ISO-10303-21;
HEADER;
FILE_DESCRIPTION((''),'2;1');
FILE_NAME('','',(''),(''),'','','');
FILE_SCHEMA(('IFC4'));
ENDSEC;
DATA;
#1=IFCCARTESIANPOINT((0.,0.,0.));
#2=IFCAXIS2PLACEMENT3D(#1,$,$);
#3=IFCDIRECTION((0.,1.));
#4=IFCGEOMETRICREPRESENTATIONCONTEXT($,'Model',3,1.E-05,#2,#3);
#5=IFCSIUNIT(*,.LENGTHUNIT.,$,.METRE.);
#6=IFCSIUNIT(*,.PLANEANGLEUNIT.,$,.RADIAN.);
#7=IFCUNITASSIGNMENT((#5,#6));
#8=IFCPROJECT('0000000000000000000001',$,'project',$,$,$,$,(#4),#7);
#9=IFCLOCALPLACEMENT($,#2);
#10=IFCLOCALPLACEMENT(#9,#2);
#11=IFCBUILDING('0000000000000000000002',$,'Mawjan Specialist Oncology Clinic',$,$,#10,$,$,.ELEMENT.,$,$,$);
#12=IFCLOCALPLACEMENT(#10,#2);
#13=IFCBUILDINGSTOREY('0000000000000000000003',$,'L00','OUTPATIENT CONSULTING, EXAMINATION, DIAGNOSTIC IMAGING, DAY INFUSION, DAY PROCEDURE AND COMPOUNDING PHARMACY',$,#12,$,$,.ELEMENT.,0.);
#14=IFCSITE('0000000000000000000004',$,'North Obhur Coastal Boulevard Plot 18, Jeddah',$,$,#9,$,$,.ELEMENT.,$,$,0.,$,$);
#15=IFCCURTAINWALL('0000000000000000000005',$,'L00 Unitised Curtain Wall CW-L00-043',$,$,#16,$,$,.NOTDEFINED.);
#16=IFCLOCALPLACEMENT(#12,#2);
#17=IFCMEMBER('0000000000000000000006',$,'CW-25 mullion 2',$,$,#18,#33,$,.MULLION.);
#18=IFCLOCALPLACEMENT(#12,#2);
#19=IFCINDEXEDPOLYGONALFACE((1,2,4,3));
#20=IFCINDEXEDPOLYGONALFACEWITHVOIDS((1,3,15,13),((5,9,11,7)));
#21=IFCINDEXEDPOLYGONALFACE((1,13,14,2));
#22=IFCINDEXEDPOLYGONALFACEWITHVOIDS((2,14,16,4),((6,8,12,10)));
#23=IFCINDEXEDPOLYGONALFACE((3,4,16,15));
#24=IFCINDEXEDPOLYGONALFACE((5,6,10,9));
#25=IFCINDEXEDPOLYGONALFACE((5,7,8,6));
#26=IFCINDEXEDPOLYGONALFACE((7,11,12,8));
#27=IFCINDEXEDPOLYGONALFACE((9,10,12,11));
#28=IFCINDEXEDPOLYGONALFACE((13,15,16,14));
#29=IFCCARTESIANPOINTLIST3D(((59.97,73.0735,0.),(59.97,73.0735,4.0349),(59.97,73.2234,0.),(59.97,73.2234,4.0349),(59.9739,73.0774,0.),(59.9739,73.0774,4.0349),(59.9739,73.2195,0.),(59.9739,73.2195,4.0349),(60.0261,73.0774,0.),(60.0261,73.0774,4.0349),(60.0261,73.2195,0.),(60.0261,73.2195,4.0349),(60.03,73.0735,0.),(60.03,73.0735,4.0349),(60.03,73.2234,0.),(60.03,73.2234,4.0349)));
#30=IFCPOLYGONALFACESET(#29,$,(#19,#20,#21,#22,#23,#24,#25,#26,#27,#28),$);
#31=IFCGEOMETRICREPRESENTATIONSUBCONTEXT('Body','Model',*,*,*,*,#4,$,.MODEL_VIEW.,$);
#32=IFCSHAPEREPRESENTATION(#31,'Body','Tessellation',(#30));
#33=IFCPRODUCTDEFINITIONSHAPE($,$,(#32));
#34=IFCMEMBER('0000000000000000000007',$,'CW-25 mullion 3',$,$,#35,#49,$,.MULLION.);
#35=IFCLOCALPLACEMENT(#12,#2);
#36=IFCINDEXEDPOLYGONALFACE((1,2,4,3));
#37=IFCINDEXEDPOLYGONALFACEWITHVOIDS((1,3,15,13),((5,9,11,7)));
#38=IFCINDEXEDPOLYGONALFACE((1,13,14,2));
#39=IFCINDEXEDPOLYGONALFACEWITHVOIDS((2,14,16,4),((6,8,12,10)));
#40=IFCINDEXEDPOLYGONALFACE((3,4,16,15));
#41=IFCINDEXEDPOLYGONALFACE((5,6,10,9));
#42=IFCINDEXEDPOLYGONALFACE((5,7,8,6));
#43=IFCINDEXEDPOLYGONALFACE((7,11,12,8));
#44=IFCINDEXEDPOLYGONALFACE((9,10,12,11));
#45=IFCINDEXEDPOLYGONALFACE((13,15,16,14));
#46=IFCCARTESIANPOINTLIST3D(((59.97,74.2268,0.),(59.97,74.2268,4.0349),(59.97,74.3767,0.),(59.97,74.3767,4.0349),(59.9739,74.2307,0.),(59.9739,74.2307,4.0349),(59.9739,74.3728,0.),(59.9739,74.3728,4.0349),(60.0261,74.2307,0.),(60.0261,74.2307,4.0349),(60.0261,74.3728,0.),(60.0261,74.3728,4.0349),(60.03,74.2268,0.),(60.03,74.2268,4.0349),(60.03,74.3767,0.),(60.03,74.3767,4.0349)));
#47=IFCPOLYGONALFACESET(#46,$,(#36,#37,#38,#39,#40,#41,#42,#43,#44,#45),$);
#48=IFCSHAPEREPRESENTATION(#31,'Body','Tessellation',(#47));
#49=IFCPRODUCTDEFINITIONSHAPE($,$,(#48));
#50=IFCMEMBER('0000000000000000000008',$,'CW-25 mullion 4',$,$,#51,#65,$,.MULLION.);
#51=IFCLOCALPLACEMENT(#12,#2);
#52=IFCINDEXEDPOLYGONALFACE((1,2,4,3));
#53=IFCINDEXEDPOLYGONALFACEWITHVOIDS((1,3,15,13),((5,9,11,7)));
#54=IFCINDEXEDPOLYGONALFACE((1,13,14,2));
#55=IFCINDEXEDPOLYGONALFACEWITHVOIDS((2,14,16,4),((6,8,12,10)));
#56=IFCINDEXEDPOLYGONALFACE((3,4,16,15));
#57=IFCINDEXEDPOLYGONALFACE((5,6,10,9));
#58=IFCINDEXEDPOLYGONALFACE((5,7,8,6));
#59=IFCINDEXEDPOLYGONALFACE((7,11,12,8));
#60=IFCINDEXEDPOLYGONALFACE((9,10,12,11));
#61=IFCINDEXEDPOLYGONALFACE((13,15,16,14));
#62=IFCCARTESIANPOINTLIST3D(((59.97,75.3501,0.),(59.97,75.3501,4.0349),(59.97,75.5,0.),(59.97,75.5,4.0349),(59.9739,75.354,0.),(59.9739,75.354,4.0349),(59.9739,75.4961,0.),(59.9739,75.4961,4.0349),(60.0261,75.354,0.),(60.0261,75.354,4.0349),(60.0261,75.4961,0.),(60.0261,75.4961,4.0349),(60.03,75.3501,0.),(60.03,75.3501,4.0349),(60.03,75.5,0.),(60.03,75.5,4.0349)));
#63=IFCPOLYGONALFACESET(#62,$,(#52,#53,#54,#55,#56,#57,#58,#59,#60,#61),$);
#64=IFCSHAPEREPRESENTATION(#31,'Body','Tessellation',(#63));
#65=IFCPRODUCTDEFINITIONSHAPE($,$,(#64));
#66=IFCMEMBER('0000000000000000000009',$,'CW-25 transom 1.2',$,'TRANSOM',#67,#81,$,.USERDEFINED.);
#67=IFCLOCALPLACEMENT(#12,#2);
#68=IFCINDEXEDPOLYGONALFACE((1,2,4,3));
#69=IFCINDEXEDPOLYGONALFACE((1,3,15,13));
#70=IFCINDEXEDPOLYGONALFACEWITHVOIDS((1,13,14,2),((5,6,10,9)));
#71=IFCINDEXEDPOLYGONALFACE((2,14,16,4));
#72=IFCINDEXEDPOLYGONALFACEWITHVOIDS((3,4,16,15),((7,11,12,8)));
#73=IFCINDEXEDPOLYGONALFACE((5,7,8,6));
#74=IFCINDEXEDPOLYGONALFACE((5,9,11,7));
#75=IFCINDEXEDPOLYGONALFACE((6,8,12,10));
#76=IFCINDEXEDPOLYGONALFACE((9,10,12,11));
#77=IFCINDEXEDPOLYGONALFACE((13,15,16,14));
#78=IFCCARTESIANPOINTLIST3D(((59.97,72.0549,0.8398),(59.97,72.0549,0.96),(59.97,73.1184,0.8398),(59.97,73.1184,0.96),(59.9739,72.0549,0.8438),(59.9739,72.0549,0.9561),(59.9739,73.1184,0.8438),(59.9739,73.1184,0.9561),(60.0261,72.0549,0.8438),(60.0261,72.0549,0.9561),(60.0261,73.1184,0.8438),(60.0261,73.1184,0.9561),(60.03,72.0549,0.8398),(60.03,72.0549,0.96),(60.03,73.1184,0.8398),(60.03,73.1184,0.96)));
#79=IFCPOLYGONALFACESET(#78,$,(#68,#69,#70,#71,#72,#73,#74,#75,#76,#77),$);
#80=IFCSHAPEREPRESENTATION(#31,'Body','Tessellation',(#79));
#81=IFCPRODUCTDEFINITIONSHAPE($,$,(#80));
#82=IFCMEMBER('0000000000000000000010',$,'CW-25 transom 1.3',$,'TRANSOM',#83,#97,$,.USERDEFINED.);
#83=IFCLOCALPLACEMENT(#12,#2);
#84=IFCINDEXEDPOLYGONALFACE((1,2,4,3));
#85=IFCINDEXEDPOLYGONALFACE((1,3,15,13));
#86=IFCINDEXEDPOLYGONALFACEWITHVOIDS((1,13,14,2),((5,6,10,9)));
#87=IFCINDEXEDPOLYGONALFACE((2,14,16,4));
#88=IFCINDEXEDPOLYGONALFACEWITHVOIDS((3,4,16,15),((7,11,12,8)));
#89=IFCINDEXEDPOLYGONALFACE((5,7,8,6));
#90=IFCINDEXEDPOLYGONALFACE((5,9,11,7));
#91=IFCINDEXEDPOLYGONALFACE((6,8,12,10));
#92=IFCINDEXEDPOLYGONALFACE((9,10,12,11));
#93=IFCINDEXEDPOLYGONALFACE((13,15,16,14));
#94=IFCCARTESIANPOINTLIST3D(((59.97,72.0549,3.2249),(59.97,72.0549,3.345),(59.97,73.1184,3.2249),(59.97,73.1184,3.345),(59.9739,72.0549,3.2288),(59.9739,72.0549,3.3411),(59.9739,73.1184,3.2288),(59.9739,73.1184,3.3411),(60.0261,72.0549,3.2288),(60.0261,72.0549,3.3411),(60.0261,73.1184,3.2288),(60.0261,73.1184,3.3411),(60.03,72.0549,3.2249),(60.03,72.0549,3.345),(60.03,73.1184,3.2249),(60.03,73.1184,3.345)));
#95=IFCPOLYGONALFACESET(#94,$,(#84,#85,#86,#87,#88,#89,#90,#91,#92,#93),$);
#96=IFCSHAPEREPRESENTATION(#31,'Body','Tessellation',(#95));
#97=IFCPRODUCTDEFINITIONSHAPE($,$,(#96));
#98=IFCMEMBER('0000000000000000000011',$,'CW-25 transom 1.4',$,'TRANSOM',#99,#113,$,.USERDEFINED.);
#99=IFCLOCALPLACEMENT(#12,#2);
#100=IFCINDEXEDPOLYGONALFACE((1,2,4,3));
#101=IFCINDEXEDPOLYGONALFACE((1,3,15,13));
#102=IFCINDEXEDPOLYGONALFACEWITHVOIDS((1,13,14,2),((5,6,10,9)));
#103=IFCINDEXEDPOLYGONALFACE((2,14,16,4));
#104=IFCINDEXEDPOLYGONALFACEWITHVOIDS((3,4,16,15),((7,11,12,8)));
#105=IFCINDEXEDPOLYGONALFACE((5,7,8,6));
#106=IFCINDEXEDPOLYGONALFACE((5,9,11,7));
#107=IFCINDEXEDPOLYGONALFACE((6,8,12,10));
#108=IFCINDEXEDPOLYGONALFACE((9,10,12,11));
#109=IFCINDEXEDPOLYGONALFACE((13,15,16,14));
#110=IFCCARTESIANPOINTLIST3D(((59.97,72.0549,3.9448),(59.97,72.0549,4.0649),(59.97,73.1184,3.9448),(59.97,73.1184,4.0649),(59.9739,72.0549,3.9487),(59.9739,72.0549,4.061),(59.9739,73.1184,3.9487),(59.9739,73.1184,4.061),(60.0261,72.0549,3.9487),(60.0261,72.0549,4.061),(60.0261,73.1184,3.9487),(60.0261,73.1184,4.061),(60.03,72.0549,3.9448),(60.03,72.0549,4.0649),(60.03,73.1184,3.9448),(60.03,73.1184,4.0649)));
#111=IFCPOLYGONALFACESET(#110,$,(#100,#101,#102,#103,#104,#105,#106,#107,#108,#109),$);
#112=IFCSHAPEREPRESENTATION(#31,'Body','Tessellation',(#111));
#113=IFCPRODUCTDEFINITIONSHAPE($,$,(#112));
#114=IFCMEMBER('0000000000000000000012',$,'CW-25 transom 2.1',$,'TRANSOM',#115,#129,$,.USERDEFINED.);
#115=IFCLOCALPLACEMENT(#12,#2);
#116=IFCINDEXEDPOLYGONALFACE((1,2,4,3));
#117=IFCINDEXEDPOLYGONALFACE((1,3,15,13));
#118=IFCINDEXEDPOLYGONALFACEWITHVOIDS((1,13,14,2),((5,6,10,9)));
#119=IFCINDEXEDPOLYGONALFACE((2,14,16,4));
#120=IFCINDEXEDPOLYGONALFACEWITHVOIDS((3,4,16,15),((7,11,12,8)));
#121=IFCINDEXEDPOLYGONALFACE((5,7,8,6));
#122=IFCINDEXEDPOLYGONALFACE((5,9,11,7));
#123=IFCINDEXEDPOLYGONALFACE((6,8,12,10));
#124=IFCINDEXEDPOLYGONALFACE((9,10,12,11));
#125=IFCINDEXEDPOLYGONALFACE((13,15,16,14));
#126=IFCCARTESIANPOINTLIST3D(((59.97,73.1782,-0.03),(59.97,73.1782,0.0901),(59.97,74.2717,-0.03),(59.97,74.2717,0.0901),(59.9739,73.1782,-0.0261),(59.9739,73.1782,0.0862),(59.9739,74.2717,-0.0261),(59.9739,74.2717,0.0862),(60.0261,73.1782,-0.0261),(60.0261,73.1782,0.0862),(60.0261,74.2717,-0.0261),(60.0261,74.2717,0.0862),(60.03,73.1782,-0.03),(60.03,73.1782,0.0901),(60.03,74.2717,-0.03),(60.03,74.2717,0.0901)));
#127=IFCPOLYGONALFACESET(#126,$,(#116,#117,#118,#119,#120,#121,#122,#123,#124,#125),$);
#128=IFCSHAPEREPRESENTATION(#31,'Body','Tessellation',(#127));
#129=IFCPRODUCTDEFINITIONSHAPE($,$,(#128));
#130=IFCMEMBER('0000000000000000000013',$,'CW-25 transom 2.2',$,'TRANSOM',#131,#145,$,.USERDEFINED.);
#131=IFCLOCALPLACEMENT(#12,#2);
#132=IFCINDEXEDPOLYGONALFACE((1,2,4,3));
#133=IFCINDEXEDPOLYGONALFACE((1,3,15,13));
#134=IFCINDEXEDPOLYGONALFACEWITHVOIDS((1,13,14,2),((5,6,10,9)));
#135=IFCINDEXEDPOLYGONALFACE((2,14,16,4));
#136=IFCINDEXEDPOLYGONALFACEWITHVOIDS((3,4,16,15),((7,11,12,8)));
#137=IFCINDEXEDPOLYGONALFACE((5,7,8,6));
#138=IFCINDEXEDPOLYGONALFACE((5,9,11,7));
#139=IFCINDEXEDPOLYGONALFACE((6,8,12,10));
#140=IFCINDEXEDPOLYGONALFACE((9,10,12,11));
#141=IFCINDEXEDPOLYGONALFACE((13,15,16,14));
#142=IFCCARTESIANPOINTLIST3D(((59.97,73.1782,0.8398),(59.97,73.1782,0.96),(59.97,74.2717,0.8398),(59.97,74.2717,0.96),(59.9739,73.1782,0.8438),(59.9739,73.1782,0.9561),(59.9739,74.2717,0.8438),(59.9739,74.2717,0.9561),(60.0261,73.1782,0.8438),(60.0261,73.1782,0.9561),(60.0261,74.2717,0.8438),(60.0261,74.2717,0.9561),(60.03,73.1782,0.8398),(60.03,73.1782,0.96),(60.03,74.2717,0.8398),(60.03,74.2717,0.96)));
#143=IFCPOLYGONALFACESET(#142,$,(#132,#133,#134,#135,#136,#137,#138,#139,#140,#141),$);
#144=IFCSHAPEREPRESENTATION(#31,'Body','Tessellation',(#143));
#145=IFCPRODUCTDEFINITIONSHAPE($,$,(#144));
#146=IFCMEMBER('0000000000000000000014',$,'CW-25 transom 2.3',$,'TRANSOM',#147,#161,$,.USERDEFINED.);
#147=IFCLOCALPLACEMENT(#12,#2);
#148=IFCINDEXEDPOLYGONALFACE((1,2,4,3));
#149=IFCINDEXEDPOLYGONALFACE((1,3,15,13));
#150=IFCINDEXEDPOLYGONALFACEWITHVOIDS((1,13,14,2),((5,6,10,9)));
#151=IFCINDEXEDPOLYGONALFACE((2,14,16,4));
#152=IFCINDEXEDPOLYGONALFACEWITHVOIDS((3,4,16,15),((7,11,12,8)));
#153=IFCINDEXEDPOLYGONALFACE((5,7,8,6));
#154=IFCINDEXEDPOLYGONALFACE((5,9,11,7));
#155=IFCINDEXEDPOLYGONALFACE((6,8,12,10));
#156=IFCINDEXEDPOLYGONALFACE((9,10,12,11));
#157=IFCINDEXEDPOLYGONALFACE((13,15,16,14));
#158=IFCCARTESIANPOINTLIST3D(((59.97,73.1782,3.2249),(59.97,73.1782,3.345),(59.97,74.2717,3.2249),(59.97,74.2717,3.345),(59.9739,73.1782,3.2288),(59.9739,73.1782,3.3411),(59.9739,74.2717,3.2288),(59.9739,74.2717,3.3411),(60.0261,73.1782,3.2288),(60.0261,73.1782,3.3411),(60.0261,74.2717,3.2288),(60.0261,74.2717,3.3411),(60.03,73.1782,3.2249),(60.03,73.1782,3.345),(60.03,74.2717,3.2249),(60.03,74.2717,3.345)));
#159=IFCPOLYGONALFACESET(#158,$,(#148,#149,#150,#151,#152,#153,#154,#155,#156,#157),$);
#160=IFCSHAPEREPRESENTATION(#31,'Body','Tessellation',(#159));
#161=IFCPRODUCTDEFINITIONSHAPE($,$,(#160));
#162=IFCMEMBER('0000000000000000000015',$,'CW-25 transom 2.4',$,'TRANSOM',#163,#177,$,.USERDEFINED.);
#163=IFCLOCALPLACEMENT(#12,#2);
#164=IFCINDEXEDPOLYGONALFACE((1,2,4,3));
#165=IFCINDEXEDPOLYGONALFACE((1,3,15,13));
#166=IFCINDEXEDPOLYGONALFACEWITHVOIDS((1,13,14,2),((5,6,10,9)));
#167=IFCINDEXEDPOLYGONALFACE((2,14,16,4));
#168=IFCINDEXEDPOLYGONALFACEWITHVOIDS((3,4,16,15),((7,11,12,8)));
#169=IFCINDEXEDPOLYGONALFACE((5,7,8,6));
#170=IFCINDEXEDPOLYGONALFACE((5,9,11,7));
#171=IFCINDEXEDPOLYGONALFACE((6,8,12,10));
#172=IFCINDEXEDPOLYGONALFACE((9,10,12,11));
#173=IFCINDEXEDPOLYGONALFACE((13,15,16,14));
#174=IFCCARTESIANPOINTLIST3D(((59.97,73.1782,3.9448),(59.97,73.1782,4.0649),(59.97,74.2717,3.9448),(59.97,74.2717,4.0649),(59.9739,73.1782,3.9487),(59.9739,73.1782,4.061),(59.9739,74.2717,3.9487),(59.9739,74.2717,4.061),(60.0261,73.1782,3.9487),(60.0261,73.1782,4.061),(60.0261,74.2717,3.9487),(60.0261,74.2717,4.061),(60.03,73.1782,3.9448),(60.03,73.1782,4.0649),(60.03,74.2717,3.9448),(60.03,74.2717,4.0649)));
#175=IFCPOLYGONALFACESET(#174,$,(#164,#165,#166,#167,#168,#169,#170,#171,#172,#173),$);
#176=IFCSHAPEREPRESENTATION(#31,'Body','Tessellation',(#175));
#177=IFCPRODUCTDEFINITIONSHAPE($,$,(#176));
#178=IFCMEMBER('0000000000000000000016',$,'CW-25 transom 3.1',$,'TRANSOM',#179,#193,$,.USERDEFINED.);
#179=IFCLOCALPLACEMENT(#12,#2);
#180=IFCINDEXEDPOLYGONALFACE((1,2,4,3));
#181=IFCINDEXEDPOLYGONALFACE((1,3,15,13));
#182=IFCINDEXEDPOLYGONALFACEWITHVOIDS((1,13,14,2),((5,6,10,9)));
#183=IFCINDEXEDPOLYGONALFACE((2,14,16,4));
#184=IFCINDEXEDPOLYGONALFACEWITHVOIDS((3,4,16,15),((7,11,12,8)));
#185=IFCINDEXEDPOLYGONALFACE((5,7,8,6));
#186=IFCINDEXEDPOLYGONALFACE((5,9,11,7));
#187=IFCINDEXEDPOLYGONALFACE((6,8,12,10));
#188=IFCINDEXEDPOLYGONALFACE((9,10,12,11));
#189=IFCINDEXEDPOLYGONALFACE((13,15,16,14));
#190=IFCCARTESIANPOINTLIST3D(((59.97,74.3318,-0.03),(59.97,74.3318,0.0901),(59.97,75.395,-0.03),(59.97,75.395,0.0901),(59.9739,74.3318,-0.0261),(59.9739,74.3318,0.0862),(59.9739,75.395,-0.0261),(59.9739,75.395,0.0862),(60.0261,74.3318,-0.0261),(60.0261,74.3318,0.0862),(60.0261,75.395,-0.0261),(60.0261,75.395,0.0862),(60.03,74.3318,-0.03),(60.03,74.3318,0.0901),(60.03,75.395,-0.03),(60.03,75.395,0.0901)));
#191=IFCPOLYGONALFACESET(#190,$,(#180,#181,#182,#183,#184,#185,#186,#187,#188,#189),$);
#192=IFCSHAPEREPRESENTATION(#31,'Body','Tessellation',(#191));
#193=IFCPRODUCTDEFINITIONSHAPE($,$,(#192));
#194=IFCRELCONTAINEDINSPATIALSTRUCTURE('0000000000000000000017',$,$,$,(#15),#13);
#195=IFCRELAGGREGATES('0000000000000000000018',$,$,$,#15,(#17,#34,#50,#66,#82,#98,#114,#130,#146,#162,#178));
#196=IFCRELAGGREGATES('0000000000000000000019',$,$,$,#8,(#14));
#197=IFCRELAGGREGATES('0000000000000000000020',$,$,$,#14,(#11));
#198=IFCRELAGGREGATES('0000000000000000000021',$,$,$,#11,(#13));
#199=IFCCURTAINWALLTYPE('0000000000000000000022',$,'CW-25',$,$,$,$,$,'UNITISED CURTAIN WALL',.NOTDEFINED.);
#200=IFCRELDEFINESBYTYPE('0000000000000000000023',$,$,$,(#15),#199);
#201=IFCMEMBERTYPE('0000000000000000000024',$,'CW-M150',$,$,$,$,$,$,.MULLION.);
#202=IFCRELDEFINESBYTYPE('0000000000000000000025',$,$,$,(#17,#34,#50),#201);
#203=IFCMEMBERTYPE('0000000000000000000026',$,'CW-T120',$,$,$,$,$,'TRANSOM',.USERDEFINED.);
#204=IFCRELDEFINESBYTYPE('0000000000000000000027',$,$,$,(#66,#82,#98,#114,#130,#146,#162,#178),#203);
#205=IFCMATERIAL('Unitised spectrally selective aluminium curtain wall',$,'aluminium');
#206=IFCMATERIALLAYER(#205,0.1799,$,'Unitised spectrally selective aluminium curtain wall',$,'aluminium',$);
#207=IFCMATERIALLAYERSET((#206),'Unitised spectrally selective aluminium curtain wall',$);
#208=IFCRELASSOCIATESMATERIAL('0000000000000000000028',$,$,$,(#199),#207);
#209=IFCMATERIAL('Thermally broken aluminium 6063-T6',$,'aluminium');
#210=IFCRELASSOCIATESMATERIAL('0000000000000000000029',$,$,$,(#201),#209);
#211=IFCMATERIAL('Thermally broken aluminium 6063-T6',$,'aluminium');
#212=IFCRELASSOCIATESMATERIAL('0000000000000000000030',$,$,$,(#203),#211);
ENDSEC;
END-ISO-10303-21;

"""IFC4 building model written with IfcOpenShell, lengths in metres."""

from ifc_helpers import new_model, si_unit, direction, frame, origin, origin_2d, place, context, subcontext, project, spatial, hollow_rectangle, extrude, material, layer, layer_set, material_profile, profile_set, type_object, element, aggregate, save


model = new_model("IFC4")

# Units and contexts
model_context = context("Model", 3, precision=1e-05, world=origin(), true_north=direction((0.0, 1.0)))
body_context = subcontext(model_context, "Body", "Model", "MODEL_VIEW")
ifc_project = project(units=[si_unit("LENGTHUNIT", "METRE"), si_unit("PLANEANGLEUNIT", "RADIAN")], contexts=[model_context])

# Site, building, storey
site_placement = place(None, origin())
site = spatial("IfcSite", under=ifc_project, at=site_placement, Name="North Obhur Coastal Boulevard Plot 18, Jeddah", CompositionType="ELEMENT", RefElevation=0.0)
building_placement = place(site_placement, origin())
building = spatial("IfcBuilding", under=site, at=building_placement, Name="Mawjan Specialist Oncology Clinic", CompositionType="ELEMENT")
storey_placement = place(building_placement, origin())
storey = spatial("IfcBuildingStorey", under=building, at=storey_placement, Name="L00", Description="OUTPATIENT CONSULTING, EXAMINATION, DIAGNOSTIC IMAGING, DAY INFUSION, DAY PROCEDURE AND COMPOUNDING PHARMACY", CompositionType="ELEMENT", Elevation=0.0)

# Curtain wall, members
ifc_material_1 = material(Name="Unitised spectrally selective aluminium curtain wall", Category="aluminium")
ifc_layer_1 = layer(ifc_material_1, 0.1799, Name="Unitised spectrally selective aluminium curtain wall", Category="aluminium")
ifc_layer_set_1 = layer_set([ifc_layer_1], Name="Unitised spectrally selective aluminium curtain wall")
curtain_wall_type = type_object("IfcCurtainWallType", Name="CW-25", ElementType="UNITISED CURTAIN WALL", PredefinedType="NOTDEFINED", material=ifc_layer_set_1)
curtain_wall_placement = place(storey_placement, origin())
curtain_wall = element("IfcCurtainWall", 1, at=curtain_wall_placement, inside=storey, type_object=curtain_wall_type, Name="L00 Unitised Curtain Wall CW-L00-043", PredefinedType="NOTDEFINED")
ifc_material_2 = material(Name="Thermally broken aluminium 6063-T6", Category="aluminium")
ifc_material_profile_1 = material_profile(ifc_material_2, hollow_rectangle(XDim=0.0601, YDim=0.1499, WallThickness=0.0039, at=origin_2d()), Name="ALU MULLION 150x60x4", Category="aluminium")
ifc_profile_set_1 = profile_set([ifc_material_profile_1], Name="Thermally broken aluminium 6063-T6")
member_type_1 = type_object("IfcMemberType", Name="CW-M150", PredefinedType="MULLION", material=ifc_profile_set_1)
member_1_placement = place(storey_placement, frame((60.0, 73.1484, 0.0), z_axis=(0.0, 0.0, 1.0), x_axis=(-1.0, 0.0, 0.0)))
member_1 = element("IfcMember", 2, at=member_1_placement, type_object=member_type_1, Name="CW-25 mullion 2", PredefinedType="MULLION", context=body_context, shape_type="SweptSolid", body=[
    extrude(hollow_rectangle(XDim=0.0601, YDim=0.1499, WallThickness=0.0039, at=origin_2d()), origin(), (0.0, 0.0, 1.0), 4.0349),
])
member_2_placement = place(storey_placement, frame((60.0, 74.3018, 0.0), z_axis=(0.0, 0.0, 1.0), x_axis=(-1.0, 0.0, 0.0)))
member_2 = element("IfcMember", 3, at=member_2_placement, type_object=member_type_1, Name="CW-25 mullion 3", PredefinedType="MULLION", context=body_context, shape_type="SweptSolid", body=[
    extrude(hollow_rectangle(XDim=0.0601, YDim=0.1499, WallThickness=0.0039, at=origin_2d()), origin(), (0.0, 0.0, 1.0), 4.0349),
])
member_3_placement = place(storey_placement, frame((60.0, 75.425, 0.0), z_axis=(0.0, 0.0, 1.0), x_axis=(-1.0, 0.0, 0.0)))
member_3 = element("IfcMember", 4, at=member_3_placement, type_object=member_type_1, Name="CW-25 mullion 4", PredefinedType="MULLION", context=body_context, shape_type="SweptSolid", body=[
    extrude(hollow_rectangle(XDim=0.0601, YDim=0.1499, WallThickness=0.0039, at=origin_2d()), origin(), (0.0, 0.0, 1.0), 4.0349),
])
ifc_material_3 = material(Name="Thermally broken aluminium 6063-T6", Category="aluminium")
ifc_material_profile_2 = material_profile(ifc_material_3, hollow_rectangle(XDim=0.0601, YDim=0.1201, WallThickness=0.0039, at=origin_2d()), Name="ALU TRANSOM 120x60x4", Category="aluminium")
ifc_profile_set_2 = profile_set([ifc_material_profile_2], Name="Thermally broken aluminium 6063-T6")
member_type_2 = type_object("IfcMemberType", Name="CW-T120", ElementType="TRANSOM", PredefinedType="USERDEFINED", material=ifc_profile_set_2)
member_4_placement = place(storey_placement, frame((60.0, 72.0549, 0.8999), z_axis=(0.0, 1.0, 0.0), x_axis=(-1.0, 0.0, 0.0)))
member_4 = element("IfcMember", 5, at=member_4_placement, type_object=member_type_2, Name="CW-25 transom 1.2", ObjectType="TRANSOM", PredefinedType="USERDEFINED", context=body_context, shape_type="SweptSolid", body=[
    extrude(hollow_rectangle(XDim=0.0601, YDim=0.1201, WallThickness=0.0039, at=origin_2d()), origin(), (0.0, 0.0, 1.0), 1.0635),
])
member_5_placement = place(storey_placement, frame((60.0, 72.0549, 3.2849), z_axis=(0.0, 1.0, 0.0), x_axis=(-1.0, 0.0, 0.0)))
member_5 = element("IfcMember", 6, at=member_5_placement, type_object=member_type_2, Name="CW-25 transom 1.3", ObjectType="TRANSOM", PredefinedType="USERDEFINED", context=body_context, shape_type="SweptSolid", body=[
    extrude(hollow_rectangle(XDim=0.0601, YDim=0.1201, WallThickness=0.0039, at=origin_2d()), origin(), (0.0, 0.0, 1.0), 1.0635),
])
member_6_placement = place(storey_placement, frame((60.0, 72.0549, 4.0049), z_axis=(0.0, 1.0, 0.0), x_axis=(-1.0, 0.0, 0.0)))
member_6 = element("IfcMember", 7, at=member_6_placement, type_object=member_type_2, Name="CW-25 transom 1.4", ObjectType="TRANSOM", PredefinedType="USERDEFINED", context=body_context, shape_type="SweptSolid", body=[
    extrude(hollow_rectangle(XDim=0.0601, YDim=0.1201, WallThickness=0.0039, at=origin_2d()), origin(), (0.0, 0.0, 1.0), 1.0635),
])
member_7_placement = place(storey_placement, frame((60.0, 73.1782, 0.03), z_axis=(0.0, 1.0, 0.0), x_axis=(-1.0, 0.0, 0.0)))
member_7 = element("IfcMember", 8, at=member_7_placement, type_object=member_type_2, Name="CW-25 transom 2.1", ObjectType="TRANSOM", PredefinedType="USERDEFINED", context=body_context, shape_type="SweptSolid", body=[
    extrude(hollow_rectangle(XDim=0.0601, YDim=0.1201, WallThickness=0.0039, at=origin_2d()), origin(), (0.0, 0.0, 1.0), 1.0935),
])
member_8_placement = place(storey_placement, frame((60.0, 73.1782, 0.8999), z_axis=(0.0, 1.0, 0.0), x_axis=(-1.0, 0.0, 0.0)))
member_8 = element("IfcMember", 9, at=member_8_placement, type_object=member_type_2, Name="CW-25 transom 2.2", ObjectType="TRANSOM", PredefinedType="USERDEFINED", context=body_context, shape_type="SweptSolid", body=[
    extrude(hollow_rectangle(XDim=0.0601, YDim=0.1201, WallThickness=0.0039, at=origin_2d()), origin(), (0.0, 0.0, 1.0), 1.0935),
])
member_9_placement = place(storey_placement, frame((60.0, 73.1782, 3.2849), z_axis=(0.0, 1.0, 0.0), x_axis=(-1.0, 0.0, 0.0)))
member_9 = element("IfcMember", 10, at=member_9_placement, type_object=member_type_2, Name="CW-25 transom 2.3", ObjectType="TRANSOM", PredefinedType="USERDEFINED", context=body_context, shape_type="SweptSolid", body=[
    extrude(hollow_rectangle(XDim=0.0601, YDim=0.1201, WallThickness=0.0039, at=origin_2d()), origin(), (0.0, 0.0, 1.0), 1.0935),
])
member_10_placement = place(storey_placement, frame((60.0, 73.1782, 4.0049), z_axis=(0.0, 1.0, 0.0), x_axis=(-1.0, 0.0, 0.0)))
member_10 = element("IfcMember", 11, at=member_10_placement, type_object=member_type_2, Name="CW-25 transom 2.4", ObjectType="TRANSOM", PredefinedType="USERDEFINED", context=body_context, shape_type="SweptSolid", body=[
    extrude(hollow_rectangle(XDim=0.0601, YDim=0.1201, WallThickness=0.0039, at=origin_2d()), origin(), (0.0, 0.0, 1.0), 1.0935),
])
member_11_placement = place(storey_placement, frame((60.0, 74.3318, 0.03), z_axis=(0.0, 1.0, 0.0), x_axis=(-1.0, 0.0, 0.0)))
member_11 = element("IfcMember", 12, at=member_11_placement, type_object=member_type_2, Name="CW-25 transom 3.1", ObjectType="TRANSOM", PredefinedType="USERDEFINED", context=body_context, shape_type="SweptSolid", body=[
    extrude(hollow_rectangle(XDim=0.0601, YDim=0.1201, WallThickness=0.0039, at=origin_2d()), origin(), (0.0, 0.0, 1.0), 1.0632),
])
aggregate(curtain_wall, [member_1, member_2, member_3, member_4, member_5, member_6, member_7, member_8, member_9, member_10, member_11])

save(model, "model.ifc")
